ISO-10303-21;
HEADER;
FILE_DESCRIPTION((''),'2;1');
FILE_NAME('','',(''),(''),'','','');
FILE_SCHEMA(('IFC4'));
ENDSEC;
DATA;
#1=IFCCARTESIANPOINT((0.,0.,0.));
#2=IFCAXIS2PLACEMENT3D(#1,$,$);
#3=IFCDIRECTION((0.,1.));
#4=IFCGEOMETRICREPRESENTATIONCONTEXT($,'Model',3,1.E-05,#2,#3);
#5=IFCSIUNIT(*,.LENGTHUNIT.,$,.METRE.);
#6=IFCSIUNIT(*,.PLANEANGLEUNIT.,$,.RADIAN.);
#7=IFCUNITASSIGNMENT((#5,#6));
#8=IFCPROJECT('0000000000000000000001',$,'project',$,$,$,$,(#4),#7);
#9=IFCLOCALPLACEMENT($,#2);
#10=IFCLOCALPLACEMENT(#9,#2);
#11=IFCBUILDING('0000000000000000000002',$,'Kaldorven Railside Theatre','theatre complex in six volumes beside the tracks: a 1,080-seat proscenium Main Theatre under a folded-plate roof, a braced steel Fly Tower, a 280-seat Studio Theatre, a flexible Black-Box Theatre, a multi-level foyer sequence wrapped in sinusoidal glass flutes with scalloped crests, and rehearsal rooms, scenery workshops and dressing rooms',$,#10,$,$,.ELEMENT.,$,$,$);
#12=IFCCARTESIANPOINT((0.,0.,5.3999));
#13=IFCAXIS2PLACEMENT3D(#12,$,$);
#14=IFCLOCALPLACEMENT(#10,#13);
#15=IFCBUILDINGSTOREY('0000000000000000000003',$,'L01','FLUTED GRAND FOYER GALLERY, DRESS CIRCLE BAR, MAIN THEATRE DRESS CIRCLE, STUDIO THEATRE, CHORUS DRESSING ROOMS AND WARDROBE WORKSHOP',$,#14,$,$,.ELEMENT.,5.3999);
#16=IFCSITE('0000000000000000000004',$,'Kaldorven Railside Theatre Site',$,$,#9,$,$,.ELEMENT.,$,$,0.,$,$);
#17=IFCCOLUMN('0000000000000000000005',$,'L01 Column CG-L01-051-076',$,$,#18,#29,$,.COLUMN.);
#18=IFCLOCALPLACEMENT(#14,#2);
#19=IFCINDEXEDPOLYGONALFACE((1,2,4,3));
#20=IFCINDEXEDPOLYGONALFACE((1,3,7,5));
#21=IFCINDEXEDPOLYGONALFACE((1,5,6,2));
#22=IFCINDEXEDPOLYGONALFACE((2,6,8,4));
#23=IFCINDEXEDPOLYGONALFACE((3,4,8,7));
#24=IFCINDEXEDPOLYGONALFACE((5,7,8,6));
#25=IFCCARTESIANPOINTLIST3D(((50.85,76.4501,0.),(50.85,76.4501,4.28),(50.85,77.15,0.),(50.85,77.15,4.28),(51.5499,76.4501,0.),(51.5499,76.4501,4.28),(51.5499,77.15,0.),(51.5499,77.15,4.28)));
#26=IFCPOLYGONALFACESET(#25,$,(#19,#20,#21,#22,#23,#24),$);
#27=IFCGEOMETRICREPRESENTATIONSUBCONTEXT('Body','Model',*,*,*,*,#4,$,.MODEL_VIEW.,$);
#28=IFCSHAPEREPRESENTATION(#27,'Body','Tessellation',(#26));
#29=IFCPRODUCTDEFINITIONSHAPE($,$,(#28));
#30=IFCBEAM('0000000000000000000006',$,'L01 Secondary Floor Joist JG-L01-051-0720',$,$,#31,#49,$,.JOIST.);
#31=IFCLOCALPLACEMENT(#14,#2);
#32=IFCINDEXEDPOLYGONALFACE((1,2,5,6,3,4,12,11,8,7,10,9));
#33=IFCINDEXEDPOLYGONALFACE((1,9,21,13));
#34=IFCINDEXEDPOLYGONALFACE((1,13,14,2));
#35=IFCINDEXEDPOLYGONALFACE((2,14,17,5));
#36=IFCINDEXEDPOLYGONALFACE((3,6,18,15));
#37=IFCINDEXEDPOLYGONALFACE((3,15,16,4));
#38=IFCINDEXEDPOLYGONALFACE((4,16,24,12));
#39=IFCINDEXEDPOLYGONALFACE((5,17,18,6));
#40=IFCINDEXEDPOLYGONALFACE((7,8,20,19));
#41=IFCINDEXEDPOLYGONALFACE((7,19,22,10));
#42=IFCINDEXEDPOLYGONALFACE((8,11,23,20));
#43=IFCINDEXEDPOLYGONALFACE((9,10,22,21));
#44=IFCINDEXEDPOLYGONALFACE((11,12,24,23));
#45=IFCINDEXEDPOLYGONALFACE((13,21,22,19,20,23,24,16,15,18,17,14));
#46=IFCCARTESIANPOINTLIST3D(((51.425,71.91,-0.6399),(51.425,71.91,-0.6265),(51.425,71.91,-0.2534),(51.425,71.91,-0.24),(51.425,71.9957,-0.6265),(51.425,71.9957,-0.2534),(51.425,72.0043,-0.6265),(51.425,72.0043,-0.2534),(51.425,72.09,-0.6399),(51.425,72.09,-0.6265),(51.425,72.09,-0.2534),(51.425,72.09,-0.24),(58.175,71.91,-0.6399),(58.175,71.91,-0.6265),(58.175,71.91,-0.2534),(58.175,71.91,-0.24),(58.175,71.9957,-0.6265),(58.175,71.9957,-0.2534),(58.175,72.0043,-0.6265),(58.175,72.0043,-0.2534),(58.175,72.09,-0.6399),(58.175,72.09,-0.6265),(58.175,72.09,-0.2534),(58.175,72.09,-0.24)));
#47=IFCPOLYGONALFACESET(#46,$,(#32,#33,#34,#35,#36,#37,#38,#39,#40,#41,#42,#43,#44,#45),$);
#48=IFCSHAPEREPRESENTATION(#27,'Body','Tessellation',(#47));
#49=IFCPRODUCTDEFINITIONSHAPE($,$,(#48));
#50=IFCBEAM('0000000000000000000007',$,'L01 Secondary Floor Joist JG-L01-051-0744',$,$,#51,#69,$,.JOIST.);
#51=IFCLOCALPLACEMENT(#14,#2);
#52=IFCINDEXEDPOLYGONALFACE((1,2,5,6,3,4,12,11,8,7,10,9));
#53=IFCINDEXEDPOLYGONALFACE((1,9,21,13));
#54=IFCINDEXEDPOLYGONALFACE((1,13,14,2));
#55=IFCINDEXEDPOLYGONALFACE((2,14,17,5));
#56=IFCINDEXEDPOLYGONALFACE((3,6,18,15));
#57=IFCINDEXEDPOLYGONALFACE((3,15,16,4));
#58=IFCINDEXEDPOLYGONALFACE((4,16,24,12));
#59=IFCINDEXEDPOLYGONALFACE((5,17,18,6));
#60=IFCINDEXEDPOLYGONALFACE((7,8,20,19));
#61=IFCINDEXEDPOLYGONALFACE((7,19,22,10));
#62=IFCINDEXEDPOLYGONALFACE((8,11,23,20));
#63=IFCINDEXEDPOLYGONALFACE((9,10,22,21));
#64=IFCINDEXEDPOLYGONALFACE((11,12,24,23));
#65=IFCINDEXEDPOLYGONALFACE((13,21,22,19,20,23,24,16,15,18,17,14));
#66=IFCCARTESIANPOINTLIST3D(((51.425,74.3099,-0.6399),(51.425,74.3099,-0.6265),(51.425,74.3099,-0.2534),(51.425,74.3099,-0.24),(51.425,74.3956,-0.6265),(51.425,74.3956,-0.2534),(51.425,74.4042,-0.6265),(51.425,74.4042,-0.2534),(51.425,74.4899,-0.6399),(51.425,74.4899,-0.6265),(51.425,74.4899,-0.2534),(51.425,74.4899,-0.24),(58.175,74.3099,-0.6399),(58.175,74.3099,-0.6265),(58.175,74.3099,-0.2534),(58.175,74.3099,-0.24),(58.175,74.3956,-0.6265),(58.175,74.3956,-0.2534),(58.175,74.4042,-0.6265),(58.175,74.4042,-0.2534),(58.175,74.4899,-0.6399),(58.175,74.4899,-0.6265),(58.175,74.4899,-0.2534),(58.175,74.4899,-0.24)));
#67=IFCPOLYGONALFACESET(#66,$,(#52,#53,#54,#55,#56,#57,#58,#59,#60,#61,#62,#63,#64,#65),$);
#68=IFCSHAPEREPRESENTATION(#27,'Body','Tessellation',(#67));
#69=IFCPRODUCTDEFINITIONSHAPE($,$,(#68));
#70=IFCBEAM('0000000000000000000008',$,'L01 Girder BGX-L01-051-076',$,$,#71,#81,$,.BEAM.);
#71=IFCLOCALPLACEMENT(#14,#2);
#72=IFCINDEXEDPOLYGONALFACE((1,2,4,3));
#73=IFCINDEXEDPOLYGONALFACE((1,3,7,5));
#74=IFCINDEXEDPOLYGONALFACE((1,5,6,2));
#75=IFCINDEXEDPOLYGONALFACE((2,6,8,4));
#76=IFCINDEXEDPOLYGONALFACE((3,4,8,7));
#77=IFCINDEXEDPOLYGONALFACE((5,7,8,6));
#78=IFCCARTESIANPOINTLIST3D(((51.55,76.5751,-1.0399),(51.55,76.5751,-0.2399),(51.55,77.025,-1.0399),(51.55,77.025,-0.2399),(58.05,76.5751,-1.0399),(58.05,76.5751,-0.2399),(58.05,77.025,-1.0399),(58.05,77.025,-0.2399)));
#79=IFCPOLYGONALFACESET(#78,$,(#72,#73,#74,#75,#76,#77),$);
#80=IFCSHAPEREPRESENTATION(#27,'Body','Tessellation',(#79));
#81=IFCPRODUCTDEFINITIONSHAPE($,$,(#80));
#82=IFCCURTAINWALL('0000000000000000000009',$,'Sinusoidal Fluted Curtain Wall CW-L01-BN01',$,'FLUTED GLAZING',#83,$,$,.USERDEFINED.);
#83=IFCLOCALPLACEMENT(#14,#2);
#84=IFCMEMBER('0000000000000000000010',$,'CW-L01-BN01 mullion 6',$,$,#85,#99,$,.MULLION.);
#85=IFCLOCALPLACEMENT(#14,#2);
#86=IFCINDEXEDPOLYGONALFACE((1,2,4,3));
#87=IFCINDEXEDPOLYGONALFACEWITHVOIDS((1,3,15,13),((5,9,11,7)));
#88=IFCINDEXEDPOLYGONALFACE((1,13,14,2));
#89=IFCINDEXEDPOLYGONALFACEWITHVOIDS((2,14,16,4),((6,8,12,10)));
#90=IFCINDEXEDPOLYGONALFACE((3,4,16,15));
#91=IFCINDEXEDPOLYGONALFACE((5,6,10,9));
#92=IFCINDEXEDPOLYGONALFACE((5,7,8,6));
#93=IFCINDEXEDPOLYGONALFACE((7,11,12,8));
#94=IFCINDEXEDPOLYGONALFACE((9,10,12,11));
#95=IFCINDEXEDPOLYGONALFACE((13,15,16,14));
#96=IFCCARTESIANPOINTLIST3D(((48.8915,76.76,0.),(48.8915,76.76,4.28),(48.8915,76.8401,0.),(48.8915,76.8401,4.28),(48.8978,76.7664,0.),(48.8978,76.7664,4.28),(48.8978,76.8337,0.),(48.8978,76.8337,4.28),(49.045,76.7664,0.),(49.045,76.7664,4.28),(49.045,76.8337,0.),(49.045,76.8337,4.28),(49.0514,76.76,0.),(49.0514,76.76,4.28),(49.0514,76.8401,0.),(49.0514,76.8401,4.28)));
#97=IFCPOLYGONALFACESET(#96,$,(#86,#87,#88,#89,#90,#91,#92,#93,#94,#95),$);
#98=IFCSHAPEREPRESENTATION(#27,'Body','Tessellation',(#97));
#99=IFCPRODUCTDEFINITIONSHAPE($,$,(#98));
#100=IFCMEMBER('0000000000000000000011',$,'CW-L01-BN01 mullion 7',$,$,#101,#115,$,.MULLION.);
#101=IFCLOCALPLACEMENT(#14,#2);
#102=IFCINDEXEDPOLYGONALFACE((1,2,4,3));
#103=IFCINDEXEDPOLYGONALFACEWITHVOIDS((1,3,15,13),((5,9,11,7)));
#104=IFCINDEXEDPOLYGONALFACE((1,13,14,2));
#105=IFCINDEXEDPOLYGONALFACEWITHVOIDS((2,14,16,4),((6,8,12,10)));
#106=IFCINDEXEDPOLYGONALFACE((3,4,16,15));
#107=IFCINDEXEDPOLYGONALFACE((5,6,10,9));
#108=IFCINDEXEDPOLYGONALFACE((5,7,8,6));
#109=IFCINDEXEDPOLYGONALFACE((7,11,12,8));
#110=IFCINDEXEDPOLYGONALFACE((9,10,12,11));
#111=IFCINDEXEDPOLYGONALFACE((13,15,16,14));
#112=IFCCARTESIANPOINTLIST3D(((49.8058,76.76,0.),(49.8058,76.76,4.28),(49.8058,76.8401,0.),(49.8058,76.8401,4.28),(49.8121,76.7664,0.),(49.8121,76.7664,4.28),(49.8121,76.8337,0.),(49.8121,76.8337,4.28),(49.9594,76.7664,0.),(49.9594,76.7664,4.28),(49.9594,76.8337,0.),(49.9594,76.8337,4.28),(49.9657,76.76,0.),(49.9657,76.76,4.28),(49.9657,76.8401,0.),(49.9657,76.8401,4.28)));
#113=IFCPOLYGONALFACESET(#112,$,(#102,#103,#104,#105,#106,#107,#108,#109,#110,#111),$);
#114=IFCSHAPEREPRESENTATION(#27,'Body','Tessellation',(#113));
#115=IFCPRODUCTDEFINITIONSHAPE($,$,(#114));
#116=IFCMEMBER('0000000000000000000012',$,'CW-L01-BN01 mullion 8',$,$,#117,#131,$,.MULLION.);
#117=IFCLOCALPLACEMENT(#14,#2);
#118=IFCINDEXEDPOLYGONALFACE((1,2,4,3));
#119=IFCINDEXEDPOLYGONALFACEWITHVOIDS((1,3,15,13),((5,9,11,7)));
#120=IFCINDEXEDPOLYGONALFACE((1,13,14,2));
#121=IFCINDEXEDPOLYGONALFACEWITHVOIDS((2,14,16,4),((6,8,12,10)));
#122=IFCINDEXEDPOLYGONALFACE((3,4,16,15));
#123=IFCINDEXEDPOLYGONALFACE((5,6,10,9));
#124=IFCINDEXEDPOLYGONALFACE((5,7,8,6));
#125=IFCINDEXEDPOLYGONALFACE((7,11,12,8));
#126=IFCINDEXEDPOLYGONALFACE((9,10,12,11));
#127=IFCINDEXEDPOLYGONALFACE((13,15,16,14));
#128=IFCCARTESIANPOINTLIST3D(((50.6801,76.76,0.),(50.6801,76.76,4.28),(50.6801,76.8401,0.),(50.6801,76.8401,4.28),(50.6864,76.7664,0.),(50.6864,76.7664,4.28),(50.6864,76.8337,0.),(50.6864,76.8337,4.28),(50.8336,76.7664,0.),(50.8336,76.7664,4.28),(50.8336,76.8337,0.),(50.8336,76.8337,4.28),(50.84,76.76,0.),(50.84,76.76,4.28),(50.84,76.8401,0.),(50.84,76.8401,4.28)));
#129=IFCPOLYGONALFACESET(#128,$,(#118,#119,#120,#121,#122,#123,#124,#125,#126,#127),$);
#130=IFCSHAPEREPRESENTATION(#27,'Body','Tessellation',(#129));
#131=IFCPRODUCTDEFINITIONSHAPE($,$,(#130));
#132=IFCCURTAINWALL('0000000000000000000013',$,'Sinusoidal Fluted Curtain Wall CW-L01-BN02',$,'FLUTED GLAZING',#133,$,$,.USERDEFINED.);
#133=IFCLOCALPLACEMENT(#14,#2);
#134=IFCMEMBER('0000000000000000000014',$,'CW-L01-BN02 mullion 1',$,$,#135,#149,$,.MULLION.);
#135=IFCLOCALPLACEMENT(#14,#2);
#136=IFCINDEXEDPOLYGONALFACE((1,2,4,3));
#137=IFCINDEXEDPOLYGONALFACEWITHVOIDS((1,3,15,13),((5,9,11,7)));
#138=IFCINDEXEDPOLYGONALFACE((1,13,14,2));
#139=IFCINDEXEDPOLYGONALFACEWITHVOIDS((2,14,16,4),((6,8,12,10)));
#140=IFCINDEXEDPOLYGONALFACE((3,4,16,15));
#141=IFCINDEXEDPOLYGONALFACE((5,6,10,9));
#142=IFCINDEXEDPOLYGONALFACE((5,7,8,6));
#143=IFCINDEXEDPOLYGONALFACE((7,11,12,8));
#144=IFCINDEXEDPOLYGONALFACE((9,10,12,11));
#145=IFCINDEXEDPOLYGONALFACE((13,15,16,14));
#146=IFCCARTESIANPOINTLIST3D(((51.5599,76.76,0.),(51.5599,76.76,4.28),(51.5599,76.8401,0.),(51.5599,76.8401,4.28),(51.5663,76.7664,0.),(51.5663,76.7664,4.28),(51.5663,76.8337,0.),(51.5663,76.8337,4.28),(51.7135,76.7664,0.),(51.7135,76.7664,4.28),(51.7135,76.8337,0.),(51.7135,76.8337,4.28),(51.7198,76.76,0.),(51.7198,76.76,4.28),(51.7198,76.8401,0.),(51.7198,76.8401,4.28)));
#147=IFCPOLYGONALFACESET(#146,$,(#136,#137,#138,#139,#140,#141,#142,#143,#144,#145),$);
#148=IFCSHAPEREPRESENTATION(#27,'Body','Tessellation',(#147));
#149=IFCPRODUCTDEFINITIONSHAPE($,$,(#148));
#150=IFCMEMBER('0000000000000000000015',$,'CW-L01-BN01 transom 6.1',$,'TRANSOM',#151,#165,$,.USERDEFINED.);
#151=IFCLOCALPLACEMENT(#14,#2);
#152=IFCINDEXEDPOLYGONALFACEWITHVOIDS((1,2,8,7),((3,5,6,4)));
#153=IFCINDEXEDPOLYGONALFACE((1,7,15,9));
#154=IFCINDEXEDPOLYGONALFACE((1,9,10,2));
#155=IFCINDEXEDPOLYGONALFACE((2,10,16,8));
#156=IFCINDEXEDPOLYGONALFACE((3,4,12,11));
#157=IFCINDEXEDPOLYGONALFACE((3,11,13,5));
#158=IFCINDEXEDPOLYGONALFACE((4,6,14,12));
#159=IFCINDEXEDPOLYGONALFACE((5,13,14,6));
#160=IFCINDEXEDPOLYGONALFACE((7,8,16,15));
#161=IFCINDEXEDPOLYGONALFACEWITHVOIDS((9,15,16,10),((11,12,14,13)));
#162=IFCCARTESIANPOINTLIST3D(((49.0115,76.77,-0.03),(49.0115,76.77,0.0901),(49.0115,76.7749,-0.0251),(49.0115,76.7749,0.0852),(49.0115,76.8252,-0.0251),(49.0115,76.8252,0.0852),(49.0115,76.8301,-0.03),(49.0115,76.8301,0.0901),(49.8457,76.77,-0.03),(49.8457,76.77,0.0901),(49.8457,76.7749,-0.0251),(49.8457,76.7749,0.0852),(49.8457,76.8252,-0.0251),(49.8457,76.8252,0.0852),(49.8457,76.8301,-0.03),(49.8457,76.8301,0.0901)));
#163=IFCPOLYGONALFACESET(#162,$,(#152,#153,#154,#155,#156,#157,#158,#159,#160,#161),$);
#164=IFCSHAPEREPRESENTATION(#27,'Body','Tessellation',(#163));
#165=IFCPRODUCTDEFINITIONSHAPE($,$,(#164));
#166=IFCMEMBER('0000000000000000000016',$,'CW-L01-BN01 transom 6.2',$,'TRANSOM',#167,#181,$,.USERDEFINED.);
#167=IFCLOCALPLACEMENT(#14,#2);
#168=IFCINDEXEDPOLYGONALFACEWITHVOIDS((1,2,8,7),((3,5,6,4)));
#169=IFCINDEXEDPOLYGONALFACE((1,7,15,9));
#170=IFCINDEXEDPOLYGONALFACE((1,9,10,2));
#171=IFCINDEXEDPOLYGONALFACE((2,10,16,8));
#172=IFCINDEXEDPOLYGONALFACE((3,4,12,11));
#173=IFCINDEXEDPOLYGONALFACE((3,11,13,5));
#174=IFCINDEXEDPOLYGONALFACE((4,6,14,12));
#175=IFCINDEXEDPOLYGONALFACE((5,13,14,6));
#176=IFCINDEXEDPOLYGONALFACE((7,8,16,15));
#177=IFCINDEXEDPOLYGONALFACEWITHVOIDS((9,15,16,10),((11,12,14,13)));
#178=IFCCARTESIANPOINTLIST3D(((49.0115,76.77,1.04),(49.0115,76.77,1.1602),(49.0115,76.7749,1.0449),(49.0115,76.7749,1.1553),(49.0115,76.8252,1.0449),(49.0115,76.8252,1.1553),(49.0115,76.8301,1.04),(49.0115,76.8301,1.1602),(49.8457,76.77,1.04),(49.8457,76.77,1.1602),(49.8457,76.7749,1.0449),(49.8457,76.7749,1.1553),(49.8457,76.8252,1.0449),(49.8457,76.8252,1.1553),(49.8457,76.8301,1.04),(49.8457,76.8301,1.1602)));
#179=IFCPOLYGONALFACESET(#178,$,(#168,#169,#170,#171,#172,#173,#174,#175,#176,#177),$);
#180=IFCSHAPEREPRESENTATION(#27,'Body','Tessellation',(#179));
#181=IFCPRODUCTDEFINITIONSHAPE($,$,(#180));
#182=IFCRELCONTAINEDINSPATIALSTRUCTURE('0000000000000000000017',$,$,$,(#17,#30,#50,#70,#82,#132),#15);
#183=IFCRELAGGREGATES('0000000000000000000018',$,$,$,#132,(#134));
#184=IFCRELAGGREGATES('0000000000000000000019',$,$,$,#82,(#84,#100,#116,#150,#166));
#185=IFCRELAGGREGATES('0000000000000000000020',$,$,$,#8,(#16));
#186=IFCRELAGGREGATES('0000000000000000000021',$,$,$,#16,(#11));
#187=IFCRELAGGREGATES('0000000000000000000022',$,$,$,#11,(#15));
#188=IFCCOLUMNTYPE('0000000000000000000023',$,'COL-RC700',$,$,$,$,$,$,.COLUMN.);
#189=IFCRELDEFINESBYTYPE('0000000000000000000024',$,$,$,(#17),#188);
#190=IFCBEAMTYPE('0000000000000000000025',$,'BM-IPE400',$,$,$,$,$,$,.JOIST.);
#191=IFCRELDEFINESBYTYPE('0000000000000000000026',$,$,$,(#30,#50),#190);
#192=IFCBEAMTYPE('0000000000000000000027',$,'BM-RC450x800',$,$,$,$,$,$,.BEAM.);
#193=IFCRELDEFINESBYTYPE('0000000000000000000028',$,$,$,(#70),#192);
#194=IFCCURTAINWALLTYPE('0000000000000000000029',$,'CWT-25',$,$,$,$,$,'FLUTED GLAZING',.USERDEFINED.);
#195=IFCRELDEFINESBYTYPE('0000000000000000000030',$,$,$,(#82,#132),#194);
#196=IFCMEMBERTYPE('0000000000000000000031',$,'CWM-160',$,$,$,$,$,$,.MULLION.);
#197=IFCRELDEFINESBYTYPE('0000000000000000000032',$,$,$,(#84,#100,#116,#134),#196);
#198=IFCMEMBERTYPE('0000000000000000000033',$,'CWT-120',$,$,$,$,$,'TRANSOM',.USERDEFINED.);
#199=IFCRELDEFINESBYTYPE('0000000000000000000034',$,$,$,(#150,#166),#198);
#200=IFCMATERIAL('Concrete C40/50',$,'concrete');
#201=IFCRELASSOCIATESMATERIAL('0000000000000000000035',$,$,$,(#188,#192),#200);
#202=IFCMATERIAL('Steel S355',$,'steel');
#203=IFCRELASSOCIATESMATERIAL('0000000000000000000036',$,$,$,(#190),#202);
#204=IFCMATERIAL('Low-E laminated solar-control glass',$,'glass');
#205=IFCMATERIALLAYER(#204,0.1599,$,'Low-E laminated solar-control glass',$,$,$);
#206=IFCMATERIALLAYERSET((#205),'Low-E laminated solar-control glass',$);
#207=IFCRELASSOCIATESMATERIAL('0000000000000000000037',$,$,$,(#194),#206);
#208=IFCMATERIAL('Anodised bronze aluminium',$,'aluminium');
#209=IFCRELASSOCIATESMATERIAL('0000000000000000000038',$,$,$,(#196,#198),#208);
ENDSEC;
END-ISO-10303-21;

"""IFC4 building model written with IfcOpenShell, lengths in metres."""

from ifc_helpers import new_model, si_unit, direction, frame, origin, origin_2d, place, context, subcontext, project, spatial, rectangle, hollow_rectangle, i_section, extrude, material, layer, layer_set, material_profile, profile_set, type_object, element, aggregate, save


model = new_model("IFC4")

# Units and contexts
model_context = context("Model", 3, precision=1e-05, world=origin(), true_north=direction((0.0, 1.0)))
body_context = subcontext(model_context, "Body", "Model", "MODEL_VIEW")
ifc_project = project(units=[si_unit("LENGTHUNIT", "METRE"), si_unit("PLANEANGLEUNIT", "RADIAN")], contexts=[model_context])

# Site, building, storey
site_placement = place(None, origin())
site = spatial("IfcSite", under=ifc_project, at=site_placement, Name="Kaldorven Railside Theatre Site", CompositionType="ELEMENT", RefElevation=0.0)
building_placement = place(site_placement, origin())
building = spatial("IfcBuilding", under=site, at=building_placement, Name="Kaldorven Railside Theatre", Description="theatre complex in six volumes beside the tracks: a 1,080-seat proscenium Main Theatre under a folded-plate roof, a braced steel Fly Tower, a 280-seat Studio Theatre, a flexible Black-Box Theatre, a multi-level foyer sequence wrapped in sinusoidal glass flutes with scalloped crests, and rehearsal rooms, scenery workshops and dressing rooms", CompositionType="ELEMENT")
storey_placement = place(building_placement, frame((0.0, 0.0, 5.3999)))
storey = spatial("IfcBuildingStorey", under=building, at=storey_placement, Name="L01", Description="FLUTED GRAND FOYER GALLERY, DRESS CIRCLE BAR, MAIN THEATRE DRESS CIRCLE, STUDIO THEATRE, CHORUS DRESSING ROOMS AND WARDROBE WORKSHOP", CompositionType="ELEMENT", Elevation=5.3999)

# Column
ifc_material_1 = material(Name="Concrete C40/50", Category="concrete")
ifc_material_profile_1 = material_profile(ifc_material_1, rectangle(XDim=0.7, YDim=0.7, at=origin_2d()), Name="RC 700x700")
ifc_profile_set_1 = profile_set([ifc_material_profile_1], Name="Concrete C40/50")
column_type = type_object("IfcColumnType", Name="COL-RC700", PredefinedType="COLUMN", material=ifc_profile_set_1)
column_placement = place(storey_placement, frame((51.2, 76.8, 0.0), z_axis=(0.0, 0.0, 1.0), x_axis=(1.0, 0.0, 0.0)))
element("IfcColumn", 1, at=column_placement, inside=storey, type_object=column_type, Name="L01 Column CG-L01-051-076", PredefinedType="COLUMN", context=body_context, shape_type="SweptSolid", body=[
    extrude(rectangle(XDim=0.7, YDim=0.7, at=origin_2d()), origin(), (0.0, 0.0, 1.0), 4.28),
])

# Beams
ifc_material_2 = material(Name="Steel S355", Category="steel")
ifc_material_profile_2 = material_profile(ifc_material_2, i_section(OverallWidth=0.1799, OverallDepth=0.3999, WebThickness=0.0085, FlangeThickness=0.0134, at=origin_2d()), Name="IPE 400")
ifc_profile_set_2 = profile_set([ifc_material_profile_2], Name="Steel S355")
beam_type_1 = type_object("IfcBeamType", Name="BM-IPE400", PredefinedType="JOIST", material=ifc_profile_set_2)
for number, where, z_axis, x_axis, name in (
    (2, (51.425, 72.0, -0.4399), (1.0, 0.0, 0.0), (0.0, 1.0, 0.0), "L01 Secondary Floor Joist JG-L01-051-0720"),
    (3, (51.425, 74.3999, -0.4399), (1.0, 0.0, 0.0), (0.0, 1.0, 0.0), "L01 Secondary Floor Joist JG-L01-051-0744"),
):
    element("IfcBeam", number, at=place(storey_placement, frame(where, z_axis=z_axis, x_axis=x_axis)), inside=storey, type_object=beam_type_1, Name=name, PredefinedType="JOIST", context=body_context, shape_type="SweptSolid", body=[
        extrude(i_section(OverallWidth=0.1799, OverallDepth=0.3999, WebThickness=0.0085, FlangeThickness=0.0134, at=origin_2d()), origin(), (0.0, 0.0, 1.0), 6.75),
    ])
ifc_material_profile_3 = material_profile(ifc_material_1, rectangle(XDim=0.45, YDim=0.8, at=origin_2d()), Name="RC 450x800")
ifc_profile_set_3 = profile_set([ifc_material_profile_3], Name="Concrete C40/50")
beam_type_2 = type_object("IfcBeamType", Name="BM-RC450x800", PredefinedType="BEAM", material=ifc_profile_set_3)
beam_placement = place(storey_placement, frame((51.55, 76.8, -0.6399), z_axis=(1.0, 0.0, 0.0), x_axis=(0.0, 1.0, 0.0)))
element("IfcBeam", 4, at=beam_placement, inside=storey, type_object=beam_type_2, Name="L01 Girder BGX-L01-051-076", PredefinedType="BEAM", context=body_context, shape_type="SweptSolid", body=[
    extrude(rectangle(XDim=0.45, YDim=0.8, at=origin_2d()), origin(), (0.0, 0.0, 1.0), 6.5),
])

# Curtain wall, members
ifc_material_3 = material(Name="Low-E laminated solar-control glass", Category="glass")
ifc_layer_1 = layer(ifc_material_3, 0.1599, Name="Low-E laminated solar-control glass")
ifc_layer_set_1 = layer_set([ifc_layer_1], Name="Low-E laminated solar-control glass")
curtain_wall_type = type_object("IfcCurtainWallType", Name="CWT-25", ElementType="FLUTED GLAZING", PredefinedType="USERDEFINED", material=ifc_layer_set_1)
curtain_wall_1_placement = place(storey_placement, origin())
curtain_wall_1 = element("IfcCurtainWall", 5, at=curtain_wall_1_placement, inside=storey, type_object=curtain_wall_type, Name="Sinusoidal Fluted Curtain Wall CW-L01-BN01", ObjectType="FLUTED GLAZING", PredefinedType="USERDEFINED")
ifc_material_4 = material(Name="Anodised bronze aluminium", Category="aluminium")
ifc_material_profile_4 = material_profile(ifc_material_4, hollow_rectangle(XDim=0.0801, YDim=0.1599, WallThickness=0.0063, at=origin_2d()), Name="RHS 160x80x6.3")
ifc_profile_set_4 = profile_set([ifc_material_profile_4], Name="Anodised bronze aluminium")
member_type_1 = type_object("IfcMemberType", Name="CWM-160", PredefinedType="MULLION", material=ifc_profile_set_4)
member_1_placement = place(storey_placement, frame((48.9714, 76.8, 0.0), z_axis=(0.0, 0.0, 1.0), x_axis=(0.0, 1.0, 0.0)))
member_1 = element("IfcMember", 6, at=member_1_placement, type_object=member_type_1, Name="CW-L01-BN01 mullion 6", PredefinedType="MULLION", context=body_context, shape_type="SweptSolid", body=[
    extrude(hollow_rectangle(XDim=0.0801, YDim=0.1599, WallThickness=0.0063, at=origin_2d()), origin(), (0.0, 0.0, 1.0), 4.28),
])
member_2_placement = place(storey_placement, frame((49.8857, 76.8, 0.0), z_axis=(0.0, 0.0, 1.0), x_axis=(0.0, 1.0, 0.0)))
member_2 = element("IfcMember", 7, at=member_2_placement, type_object=member_type_1, Name="CW-L01-BN01 mullion 7", PredefinedType="MULLION", context=body_context, shape_type="SweptSolid", body=[
    extrude(hollow_rectangle(XDim=0.0801, YDim=0.1599, WallThickness=0.0063, at=origin_2d()), origin(), (0.0, 0.0, 1.0), 4.28),
])
member_3_placement = place(storey_placement, frame((50.76, 76.8, 0.0), z_axis=(0.0, 0.0, 1.0), x_axis=(0.0, 1.0, 0.0)))
member_3 = element("IfcMember", 8, at=member_3_placement, type_object=member_type_1, Name="CW-L01-BN01 mullion 8", PredefinedType="MULLION", context=body_context, shape_type="SweptSolid", body=[
    extrude(hollow_rectangle(XDim=0.0801, YDim=0.1599, WallThickness=0.0063, at=origin_2d()), origin(), (0.0, 0.0, 1.0), 4.28),
])

# Curtain wall, member
curtain_wall_2_placement = place(storey_placement, origin())
curtain_wall_2 = element("IfcCurtainWall", 9, at=curtain_wall_2_placement, inside=storey, type_object=curtain_wall_type, Name="Sinusoidal Fluted Curtain Wall CW-L01-BN02", ObjectType="FLUTED GLAZING", PredefinedType="USERDEFINED")
member_4_placement = place(storey_placement, frame((51.6399, 76.8, 0.0), z_axis=(0.0, 0.0, 1.0), x_axis=(0.0, 1.0, 0.0)))
member_4 = element("IfcMember", 10, at=member_4_placement, type_object=member_type_1, Name="CW-L01-BN02 mullion 1", PredefinedType="MULLION", context=body_context, shape_type="SweptSolid", body=[
    extrude(hollow_rectangle(XDim=0.0801, YDim=0.1599, WallThickness=0.0063, at=origin_2d()), origin(), (0.0, 0.0, 1.0), 4.28),
])

# Members
ifc_material_profile_5 = material_profile(ifc_material_4, hollow_rectangle(XDim=0.0601, YDim=0.1201, WallThickness=0.0049, at=origin_2d()), Name="RHS 120x60x5")
ifc_profile_set_5 = profile_set([ifc_material_profile_5], Name="Anodised bronze aluminium")
member_type_2 = type_object("IfcMemberType", Name="CWT-120", ElementType="TRANSOM", PredefinedType="USERDEFINED", material=ifc_profile_set_5)
member_5_placement = place(storey_placement, frame((49.0115, 76.8, 0.03), z_axis=(1.0, 0.0, 0.0), x_axis=(0.0, 1.0, 0.0)))
member_5 = element("IfcMember", 11, at=member_5_placement, type_object=member_type_2, Name="CW-L01-BN01 transom 6.1", ObjectType="TRANSOM", PredefinedType="USERDEFINED", context=body_context, shape_type="SweptSolid", body=[
    extrude(hollow_rectangle(XDim=0.0601, YDim=0.1201, WallThickness=0.0049, at=origin_2d()), origin(), (0.0, 0.0, 1.0), 0.8342),
])
member_6_placement = place(storey_placement, frame((49.0115, 76.8, 1.1001), z_axis=(1.0, 0.0, 0.0), x_axis=(0.0, 1.0, 0.0)))
member_6 = element("IfcMember", 12, at=member_6_placement, type_object=member_type_2, Name="CW-L01-BN01 transom 6.2", ObjectType="TRANSOM", PredefinedType="USERDEFINED", context=body_context, shape_type="SweptSolid", body=[
    extrude(hollow_rectangle(XDim=0.0601, YDim=0.1201, WallThickness=0.0049, at=origin_2d()), origin(), (0.0, 0.0, 1.0), 0.8342),
])
aggregate(curtain_wall_2, [member_4])

aggregate(curtain_wall_1, [member_1, member_2, member_3, member_5, member_6])

save(model, "model.ifc")
